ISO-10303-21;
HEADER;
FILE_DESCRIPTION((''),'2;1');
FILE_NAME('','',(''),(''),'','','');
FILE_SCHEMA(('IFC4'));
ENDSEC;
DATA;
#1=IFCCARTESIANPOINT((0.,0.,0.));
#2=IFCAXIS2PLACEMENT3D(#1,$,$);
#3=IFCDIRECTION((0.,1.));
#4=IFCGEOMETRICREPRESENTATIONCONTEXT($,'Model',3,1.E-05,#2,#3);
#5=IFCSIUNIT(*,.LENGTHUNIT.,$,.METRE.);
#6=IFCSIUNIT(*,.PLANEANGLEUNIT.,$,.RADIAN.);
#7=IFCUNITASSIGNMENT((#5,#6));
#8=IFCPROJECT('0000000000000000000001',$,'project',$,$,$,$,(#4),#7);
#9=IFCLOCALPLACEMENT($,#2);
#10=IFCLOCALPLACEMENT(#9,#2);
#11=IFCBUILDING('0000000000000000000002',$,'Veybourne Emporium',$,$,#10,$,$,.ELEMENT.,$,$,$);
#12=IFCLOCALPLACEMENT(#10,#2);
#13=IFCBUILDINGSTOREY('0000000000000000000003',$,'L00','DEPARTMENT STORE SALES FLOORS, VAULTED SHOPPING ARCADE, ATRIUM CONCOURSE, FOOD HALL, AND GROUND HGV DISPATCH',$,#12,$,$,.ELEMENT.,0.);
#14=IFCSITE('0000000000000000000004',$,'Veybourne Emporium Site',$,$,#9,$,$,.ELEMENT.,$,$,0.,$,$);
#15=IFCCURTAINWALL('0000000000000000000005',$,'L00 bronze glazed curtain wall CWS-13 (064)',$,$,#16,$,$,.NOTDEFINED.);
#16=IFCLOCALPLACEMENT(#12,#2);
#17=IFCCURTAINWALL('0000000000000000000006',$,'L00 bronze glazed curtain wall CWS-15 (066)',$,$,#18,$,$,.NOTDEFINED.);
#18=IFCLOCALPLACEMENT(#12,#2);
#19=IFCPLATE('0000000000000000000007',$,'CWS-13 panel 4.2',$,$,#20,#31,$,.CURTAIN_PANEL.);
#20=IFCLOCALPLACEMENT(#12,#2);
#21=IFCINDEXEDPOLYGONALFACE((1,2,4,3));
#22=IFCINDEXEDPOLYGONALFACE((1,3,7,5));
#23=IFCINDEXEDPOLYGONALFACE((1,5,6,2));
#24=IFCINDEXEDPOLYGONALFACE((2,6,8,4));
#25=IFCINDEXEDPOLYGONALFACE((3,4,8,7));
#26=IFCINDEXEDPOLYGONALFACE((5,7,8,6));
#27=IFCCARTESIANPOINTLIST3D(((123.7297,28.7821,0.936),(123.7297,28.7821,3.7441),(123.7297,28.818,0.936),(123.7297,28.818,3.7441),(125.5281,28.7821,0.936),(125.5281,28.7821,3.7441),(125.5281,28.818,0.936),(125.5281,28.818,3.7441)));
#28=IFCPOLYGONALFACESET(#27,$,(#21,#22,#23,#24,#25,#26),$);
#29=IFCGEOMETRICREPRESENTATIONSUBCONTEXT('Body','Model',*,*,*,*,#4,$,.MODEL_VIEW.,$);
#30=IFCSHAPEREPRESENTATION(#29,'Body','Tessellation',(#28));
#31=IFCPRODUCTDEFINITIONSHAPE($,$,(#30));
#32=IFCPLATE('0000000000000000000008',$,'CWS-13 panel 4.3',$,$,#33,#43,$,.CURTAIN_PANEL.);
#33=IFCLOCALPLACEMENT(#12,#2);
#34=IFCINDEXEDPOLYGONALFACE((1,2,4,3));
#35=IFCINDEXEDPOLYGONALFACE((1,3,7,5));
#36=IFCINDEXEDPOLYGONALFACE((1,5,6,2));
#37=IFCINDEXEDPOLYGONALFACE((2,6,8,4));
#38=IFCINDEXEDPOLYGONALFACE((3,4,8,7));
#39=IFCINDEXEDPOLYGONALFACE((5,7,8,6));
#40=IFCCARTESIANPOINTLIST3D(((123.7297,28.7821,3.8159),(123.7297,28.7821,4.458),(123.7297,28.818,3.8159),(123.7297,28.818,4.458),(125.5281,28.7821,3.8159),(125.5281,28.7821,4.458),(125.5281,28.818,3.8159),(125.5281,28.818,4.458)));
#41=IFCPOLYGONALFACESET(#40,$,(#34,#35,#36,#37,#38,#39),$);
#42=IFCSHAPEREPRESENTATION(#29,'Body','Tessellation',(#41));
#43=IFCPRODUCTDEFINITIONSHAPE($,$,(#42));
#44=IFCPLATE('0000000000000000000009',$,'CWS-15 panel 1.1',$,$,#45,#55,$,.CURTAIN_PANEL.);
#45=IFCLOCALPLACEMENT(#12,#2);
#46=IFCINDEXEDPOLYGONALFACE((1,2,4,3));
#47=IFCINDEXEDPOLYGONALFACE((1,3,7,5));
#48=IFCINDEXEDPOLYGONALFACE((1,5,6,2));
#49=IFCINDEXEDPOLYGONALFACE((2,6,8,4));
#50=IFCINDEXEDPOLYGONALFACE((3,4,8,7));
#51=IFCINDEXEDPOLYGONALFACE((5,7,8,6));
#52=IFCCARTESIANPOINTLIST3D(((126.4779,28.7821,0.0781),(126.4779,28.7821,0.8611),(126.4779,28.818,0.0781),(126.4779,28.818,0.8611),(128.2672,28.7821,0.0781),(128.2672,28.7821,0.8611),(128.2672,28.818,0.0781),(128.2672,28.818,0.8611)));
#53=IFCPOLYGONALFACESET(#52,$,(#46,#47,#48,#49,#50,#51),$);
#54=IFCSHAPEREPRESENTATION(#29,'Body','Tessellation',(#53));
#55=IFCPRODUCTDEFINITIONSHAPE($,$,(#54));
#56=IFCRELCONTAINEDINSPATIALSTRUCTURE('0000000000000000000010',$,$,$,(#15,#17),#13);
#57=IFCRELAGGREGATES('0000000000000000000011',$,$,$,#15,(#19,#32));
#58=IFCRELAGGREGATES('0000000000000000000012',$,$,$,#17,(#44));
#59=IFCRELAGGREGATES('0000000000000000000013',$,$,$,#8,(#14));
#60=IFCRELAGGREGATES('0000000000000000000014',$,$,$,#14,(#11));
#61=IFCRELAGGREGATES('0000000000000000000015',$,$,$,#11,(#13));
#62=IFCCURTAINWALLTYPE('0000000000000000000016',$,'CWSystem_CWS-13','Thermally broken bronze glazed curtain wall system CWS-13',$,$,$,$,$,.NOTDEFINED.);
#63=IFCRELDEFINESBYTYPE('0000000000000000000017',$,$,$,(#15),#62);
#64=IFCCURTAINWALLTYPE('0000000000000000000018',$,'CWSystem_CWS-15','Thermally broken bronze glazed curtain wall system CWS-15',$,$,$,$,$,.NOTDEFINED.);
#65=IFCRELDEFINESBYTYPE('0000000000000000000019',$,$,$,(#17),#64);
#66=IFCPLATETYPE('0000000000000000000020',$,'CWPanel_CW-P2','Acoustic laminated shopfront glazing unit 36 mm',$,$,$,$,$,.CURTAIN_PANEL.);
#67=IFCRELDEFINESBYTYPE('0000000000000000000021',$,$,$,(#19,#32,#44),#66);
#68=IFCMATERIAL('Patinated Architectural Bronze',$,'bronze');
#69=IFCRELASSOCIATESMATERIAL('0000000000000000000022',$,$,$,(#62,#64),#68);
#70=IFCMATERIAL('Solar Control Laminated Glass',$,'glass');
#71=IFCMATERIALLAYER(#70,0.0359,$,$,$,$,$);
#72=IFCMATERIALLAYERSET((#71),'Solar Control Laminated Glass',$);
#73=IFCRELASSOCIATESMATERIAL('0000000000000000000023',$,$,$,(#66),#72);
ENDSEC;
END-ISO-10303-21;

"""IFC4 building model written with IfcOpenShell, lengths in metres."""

from ifc_helpers import new_model, si_unit, direction, frame, origin, origin_2d, place, context, subcontext, project, spatial, rectangle, extrude, material, layer, layer_set, type_object, element, aggregate, save


model = new_model("IFC4")

# Units and contexts
model_context = context("Model", 3, precision=1e-05, world=origin(), true_north=direction((0.0, 1.0)))
body_context = subcontext(model_context, "Body", "Model", "MODEL_VIEW")
ifc_project = project(units=[si_unit("LENGTHUNIT", "METRE"), si_unit("PLANEANGLEUNIT", "RADIAN")], contexts=[model_context])

# Site, building, storey
site_placement = place(None, origin())
site = spatial("IfcSite", under=ifc_project, at=site_placement, Name="Veybourne Emporium Site", CompositionType="ELEMENT", RefElevation=0.0)
building_placement = place(site_placement, origin())
building = spatial("IfcBuilding", under=site, at=building_placement, Name="Veybourne Emporium", CompositionType="ELEMENT")
storey_placement = place(building_placement, origin())
storey = spatial("IfcBuildingStorey", under=building, at=storey_placement, Name="L00", Description="DEPARTMENT STORE SALES FLOORS, VAULTED SHOPPING ARCADE, ATRIUM CONCOURSE, FOOD HALL, AND GROUND HGV DISPATCH", CompositionType="ELEMENT", Elevation=0.0)

# Curtain wall
ifc_material_1 = material(Name="Patinated Architectural Bronze", Category="bronze")
curtain_wall_type_1 = type_object("IfcCurtainWallType", Name="CWSystem_CWS-13", Description="Thermally broken bronze glazed curtain wall system CWS-13", PredefinedType="NOTDEFINED", material=ifc_material_1)
curtain_wall_1_placement = place(storey_placement, origin())
curtain_wall_1 = element("IfcCurtainWall", 1, at=curtain_wall_1_placement, inside=storey, type_object=curtain_wall_type_1, Name="L00 bronze glazed curtain wall CWS-13 (064)", PredefinedType="NOTDEFINED")

# Curtain wall
curtain_wall_type_2 = type_object("IfcCurtainWallType", Name="CWSystem_CWS-15", Description="Thermally broken bronze glazed curtain wall system CWS-15", PredefinedType="NOTDEFINED", material=ifc_material_1)
curtain_wall_2_placement = place(storey_placement, origin())
curtain_wall_2 = element("IfcCurtainWall", 2, at=curtain_wall_2_placement, inside=storey, type_object=curtain_wall_type_2, Name="L00 bronze glazed curtain wall CWS-15 (066)", PredefinedType="NOTDEFINED")

# Plates
ifc_material_2 = material(Name="Solar Control Laminated Glass", Category="glass")
ifc_layer = layer(ifc_material_2, 0.0359)
ifc_layer_set = layer_set([ifc_layer], Name="Solar Control Laminated Glass")
plate_type = type_object("IfcPlateType", Name="CWPanel_CW-P2", Description="Acoustic laminated shopfront glazing unit 36 mm", PredefinedType="CURTAIN_PANEL", material=ifc_layer_set)
plate_1_placement = place(storey_placement, frame((124.6289, 28.8, 0.936), z_axis=(0.0, 0.0, 1.0), x_axis=(1.0, 0.0, 0.0)))
plate_1 = element("IfcPlate", 3, at=plate_1_placement, type_object=plate_type, Name="CWS-13 panel 4.2", PredefinedType="CURTAIN_PANEL", context=body_context, shape_type="SweptSolid", body=[
    extrude(rectangle(XDim=1.7983, YDim=0.0359, at=origin_2d()), origin(), (0.0, 0.0, 1.0), 2.8081),
])
plate_2_placement = place(storey_placement, frame((124.6289, 28.8, 3.8159), z_axis=(0.0, 0.0, 1.0), x_axis=(1.0, 0.0, 0.0)))
plate_2 = element("IfcPlate", 4, at=plate_2_placement, type_object=plate_type, Name="CWS-13 panel 4.3", PredefinedType="CURTAIN_PANEL", context=body_context, shape_type="SweptSolid", body=[
    extrude(rectangle(XDim=1.7983, YDim=0.0359, at=origin_2d()), origin(), (0.0, 0.0, 1.0), 0.6421),
])
aggregate(curtain_wall_1, [plate_1, plate_2])
plate_3_placement = place(storey_placement, frame((127.3726, 28.8, 0.0781), z_axis=(0.0, 0.0, 1.0), x_axis=(1.0, 0.0, 0.0)))
plate_3 = element("IfcPlate", 5, at=plate_3_placement, type_object=plate_type, Name="CWS-15 panel 1.1", PredefinedType="CURTAIN_PANEL", context=body_context, shape_type="SweptSolid", body=[
    extrude(rectangle(XDim=1.7893, YDim=0.0359, at=origin_2d()), origin(), (0.0, 0.0, 1.0), 0.783),
])
aggregate(curtain_wall_2, [plate_3])

save(model, "model.ifc")
